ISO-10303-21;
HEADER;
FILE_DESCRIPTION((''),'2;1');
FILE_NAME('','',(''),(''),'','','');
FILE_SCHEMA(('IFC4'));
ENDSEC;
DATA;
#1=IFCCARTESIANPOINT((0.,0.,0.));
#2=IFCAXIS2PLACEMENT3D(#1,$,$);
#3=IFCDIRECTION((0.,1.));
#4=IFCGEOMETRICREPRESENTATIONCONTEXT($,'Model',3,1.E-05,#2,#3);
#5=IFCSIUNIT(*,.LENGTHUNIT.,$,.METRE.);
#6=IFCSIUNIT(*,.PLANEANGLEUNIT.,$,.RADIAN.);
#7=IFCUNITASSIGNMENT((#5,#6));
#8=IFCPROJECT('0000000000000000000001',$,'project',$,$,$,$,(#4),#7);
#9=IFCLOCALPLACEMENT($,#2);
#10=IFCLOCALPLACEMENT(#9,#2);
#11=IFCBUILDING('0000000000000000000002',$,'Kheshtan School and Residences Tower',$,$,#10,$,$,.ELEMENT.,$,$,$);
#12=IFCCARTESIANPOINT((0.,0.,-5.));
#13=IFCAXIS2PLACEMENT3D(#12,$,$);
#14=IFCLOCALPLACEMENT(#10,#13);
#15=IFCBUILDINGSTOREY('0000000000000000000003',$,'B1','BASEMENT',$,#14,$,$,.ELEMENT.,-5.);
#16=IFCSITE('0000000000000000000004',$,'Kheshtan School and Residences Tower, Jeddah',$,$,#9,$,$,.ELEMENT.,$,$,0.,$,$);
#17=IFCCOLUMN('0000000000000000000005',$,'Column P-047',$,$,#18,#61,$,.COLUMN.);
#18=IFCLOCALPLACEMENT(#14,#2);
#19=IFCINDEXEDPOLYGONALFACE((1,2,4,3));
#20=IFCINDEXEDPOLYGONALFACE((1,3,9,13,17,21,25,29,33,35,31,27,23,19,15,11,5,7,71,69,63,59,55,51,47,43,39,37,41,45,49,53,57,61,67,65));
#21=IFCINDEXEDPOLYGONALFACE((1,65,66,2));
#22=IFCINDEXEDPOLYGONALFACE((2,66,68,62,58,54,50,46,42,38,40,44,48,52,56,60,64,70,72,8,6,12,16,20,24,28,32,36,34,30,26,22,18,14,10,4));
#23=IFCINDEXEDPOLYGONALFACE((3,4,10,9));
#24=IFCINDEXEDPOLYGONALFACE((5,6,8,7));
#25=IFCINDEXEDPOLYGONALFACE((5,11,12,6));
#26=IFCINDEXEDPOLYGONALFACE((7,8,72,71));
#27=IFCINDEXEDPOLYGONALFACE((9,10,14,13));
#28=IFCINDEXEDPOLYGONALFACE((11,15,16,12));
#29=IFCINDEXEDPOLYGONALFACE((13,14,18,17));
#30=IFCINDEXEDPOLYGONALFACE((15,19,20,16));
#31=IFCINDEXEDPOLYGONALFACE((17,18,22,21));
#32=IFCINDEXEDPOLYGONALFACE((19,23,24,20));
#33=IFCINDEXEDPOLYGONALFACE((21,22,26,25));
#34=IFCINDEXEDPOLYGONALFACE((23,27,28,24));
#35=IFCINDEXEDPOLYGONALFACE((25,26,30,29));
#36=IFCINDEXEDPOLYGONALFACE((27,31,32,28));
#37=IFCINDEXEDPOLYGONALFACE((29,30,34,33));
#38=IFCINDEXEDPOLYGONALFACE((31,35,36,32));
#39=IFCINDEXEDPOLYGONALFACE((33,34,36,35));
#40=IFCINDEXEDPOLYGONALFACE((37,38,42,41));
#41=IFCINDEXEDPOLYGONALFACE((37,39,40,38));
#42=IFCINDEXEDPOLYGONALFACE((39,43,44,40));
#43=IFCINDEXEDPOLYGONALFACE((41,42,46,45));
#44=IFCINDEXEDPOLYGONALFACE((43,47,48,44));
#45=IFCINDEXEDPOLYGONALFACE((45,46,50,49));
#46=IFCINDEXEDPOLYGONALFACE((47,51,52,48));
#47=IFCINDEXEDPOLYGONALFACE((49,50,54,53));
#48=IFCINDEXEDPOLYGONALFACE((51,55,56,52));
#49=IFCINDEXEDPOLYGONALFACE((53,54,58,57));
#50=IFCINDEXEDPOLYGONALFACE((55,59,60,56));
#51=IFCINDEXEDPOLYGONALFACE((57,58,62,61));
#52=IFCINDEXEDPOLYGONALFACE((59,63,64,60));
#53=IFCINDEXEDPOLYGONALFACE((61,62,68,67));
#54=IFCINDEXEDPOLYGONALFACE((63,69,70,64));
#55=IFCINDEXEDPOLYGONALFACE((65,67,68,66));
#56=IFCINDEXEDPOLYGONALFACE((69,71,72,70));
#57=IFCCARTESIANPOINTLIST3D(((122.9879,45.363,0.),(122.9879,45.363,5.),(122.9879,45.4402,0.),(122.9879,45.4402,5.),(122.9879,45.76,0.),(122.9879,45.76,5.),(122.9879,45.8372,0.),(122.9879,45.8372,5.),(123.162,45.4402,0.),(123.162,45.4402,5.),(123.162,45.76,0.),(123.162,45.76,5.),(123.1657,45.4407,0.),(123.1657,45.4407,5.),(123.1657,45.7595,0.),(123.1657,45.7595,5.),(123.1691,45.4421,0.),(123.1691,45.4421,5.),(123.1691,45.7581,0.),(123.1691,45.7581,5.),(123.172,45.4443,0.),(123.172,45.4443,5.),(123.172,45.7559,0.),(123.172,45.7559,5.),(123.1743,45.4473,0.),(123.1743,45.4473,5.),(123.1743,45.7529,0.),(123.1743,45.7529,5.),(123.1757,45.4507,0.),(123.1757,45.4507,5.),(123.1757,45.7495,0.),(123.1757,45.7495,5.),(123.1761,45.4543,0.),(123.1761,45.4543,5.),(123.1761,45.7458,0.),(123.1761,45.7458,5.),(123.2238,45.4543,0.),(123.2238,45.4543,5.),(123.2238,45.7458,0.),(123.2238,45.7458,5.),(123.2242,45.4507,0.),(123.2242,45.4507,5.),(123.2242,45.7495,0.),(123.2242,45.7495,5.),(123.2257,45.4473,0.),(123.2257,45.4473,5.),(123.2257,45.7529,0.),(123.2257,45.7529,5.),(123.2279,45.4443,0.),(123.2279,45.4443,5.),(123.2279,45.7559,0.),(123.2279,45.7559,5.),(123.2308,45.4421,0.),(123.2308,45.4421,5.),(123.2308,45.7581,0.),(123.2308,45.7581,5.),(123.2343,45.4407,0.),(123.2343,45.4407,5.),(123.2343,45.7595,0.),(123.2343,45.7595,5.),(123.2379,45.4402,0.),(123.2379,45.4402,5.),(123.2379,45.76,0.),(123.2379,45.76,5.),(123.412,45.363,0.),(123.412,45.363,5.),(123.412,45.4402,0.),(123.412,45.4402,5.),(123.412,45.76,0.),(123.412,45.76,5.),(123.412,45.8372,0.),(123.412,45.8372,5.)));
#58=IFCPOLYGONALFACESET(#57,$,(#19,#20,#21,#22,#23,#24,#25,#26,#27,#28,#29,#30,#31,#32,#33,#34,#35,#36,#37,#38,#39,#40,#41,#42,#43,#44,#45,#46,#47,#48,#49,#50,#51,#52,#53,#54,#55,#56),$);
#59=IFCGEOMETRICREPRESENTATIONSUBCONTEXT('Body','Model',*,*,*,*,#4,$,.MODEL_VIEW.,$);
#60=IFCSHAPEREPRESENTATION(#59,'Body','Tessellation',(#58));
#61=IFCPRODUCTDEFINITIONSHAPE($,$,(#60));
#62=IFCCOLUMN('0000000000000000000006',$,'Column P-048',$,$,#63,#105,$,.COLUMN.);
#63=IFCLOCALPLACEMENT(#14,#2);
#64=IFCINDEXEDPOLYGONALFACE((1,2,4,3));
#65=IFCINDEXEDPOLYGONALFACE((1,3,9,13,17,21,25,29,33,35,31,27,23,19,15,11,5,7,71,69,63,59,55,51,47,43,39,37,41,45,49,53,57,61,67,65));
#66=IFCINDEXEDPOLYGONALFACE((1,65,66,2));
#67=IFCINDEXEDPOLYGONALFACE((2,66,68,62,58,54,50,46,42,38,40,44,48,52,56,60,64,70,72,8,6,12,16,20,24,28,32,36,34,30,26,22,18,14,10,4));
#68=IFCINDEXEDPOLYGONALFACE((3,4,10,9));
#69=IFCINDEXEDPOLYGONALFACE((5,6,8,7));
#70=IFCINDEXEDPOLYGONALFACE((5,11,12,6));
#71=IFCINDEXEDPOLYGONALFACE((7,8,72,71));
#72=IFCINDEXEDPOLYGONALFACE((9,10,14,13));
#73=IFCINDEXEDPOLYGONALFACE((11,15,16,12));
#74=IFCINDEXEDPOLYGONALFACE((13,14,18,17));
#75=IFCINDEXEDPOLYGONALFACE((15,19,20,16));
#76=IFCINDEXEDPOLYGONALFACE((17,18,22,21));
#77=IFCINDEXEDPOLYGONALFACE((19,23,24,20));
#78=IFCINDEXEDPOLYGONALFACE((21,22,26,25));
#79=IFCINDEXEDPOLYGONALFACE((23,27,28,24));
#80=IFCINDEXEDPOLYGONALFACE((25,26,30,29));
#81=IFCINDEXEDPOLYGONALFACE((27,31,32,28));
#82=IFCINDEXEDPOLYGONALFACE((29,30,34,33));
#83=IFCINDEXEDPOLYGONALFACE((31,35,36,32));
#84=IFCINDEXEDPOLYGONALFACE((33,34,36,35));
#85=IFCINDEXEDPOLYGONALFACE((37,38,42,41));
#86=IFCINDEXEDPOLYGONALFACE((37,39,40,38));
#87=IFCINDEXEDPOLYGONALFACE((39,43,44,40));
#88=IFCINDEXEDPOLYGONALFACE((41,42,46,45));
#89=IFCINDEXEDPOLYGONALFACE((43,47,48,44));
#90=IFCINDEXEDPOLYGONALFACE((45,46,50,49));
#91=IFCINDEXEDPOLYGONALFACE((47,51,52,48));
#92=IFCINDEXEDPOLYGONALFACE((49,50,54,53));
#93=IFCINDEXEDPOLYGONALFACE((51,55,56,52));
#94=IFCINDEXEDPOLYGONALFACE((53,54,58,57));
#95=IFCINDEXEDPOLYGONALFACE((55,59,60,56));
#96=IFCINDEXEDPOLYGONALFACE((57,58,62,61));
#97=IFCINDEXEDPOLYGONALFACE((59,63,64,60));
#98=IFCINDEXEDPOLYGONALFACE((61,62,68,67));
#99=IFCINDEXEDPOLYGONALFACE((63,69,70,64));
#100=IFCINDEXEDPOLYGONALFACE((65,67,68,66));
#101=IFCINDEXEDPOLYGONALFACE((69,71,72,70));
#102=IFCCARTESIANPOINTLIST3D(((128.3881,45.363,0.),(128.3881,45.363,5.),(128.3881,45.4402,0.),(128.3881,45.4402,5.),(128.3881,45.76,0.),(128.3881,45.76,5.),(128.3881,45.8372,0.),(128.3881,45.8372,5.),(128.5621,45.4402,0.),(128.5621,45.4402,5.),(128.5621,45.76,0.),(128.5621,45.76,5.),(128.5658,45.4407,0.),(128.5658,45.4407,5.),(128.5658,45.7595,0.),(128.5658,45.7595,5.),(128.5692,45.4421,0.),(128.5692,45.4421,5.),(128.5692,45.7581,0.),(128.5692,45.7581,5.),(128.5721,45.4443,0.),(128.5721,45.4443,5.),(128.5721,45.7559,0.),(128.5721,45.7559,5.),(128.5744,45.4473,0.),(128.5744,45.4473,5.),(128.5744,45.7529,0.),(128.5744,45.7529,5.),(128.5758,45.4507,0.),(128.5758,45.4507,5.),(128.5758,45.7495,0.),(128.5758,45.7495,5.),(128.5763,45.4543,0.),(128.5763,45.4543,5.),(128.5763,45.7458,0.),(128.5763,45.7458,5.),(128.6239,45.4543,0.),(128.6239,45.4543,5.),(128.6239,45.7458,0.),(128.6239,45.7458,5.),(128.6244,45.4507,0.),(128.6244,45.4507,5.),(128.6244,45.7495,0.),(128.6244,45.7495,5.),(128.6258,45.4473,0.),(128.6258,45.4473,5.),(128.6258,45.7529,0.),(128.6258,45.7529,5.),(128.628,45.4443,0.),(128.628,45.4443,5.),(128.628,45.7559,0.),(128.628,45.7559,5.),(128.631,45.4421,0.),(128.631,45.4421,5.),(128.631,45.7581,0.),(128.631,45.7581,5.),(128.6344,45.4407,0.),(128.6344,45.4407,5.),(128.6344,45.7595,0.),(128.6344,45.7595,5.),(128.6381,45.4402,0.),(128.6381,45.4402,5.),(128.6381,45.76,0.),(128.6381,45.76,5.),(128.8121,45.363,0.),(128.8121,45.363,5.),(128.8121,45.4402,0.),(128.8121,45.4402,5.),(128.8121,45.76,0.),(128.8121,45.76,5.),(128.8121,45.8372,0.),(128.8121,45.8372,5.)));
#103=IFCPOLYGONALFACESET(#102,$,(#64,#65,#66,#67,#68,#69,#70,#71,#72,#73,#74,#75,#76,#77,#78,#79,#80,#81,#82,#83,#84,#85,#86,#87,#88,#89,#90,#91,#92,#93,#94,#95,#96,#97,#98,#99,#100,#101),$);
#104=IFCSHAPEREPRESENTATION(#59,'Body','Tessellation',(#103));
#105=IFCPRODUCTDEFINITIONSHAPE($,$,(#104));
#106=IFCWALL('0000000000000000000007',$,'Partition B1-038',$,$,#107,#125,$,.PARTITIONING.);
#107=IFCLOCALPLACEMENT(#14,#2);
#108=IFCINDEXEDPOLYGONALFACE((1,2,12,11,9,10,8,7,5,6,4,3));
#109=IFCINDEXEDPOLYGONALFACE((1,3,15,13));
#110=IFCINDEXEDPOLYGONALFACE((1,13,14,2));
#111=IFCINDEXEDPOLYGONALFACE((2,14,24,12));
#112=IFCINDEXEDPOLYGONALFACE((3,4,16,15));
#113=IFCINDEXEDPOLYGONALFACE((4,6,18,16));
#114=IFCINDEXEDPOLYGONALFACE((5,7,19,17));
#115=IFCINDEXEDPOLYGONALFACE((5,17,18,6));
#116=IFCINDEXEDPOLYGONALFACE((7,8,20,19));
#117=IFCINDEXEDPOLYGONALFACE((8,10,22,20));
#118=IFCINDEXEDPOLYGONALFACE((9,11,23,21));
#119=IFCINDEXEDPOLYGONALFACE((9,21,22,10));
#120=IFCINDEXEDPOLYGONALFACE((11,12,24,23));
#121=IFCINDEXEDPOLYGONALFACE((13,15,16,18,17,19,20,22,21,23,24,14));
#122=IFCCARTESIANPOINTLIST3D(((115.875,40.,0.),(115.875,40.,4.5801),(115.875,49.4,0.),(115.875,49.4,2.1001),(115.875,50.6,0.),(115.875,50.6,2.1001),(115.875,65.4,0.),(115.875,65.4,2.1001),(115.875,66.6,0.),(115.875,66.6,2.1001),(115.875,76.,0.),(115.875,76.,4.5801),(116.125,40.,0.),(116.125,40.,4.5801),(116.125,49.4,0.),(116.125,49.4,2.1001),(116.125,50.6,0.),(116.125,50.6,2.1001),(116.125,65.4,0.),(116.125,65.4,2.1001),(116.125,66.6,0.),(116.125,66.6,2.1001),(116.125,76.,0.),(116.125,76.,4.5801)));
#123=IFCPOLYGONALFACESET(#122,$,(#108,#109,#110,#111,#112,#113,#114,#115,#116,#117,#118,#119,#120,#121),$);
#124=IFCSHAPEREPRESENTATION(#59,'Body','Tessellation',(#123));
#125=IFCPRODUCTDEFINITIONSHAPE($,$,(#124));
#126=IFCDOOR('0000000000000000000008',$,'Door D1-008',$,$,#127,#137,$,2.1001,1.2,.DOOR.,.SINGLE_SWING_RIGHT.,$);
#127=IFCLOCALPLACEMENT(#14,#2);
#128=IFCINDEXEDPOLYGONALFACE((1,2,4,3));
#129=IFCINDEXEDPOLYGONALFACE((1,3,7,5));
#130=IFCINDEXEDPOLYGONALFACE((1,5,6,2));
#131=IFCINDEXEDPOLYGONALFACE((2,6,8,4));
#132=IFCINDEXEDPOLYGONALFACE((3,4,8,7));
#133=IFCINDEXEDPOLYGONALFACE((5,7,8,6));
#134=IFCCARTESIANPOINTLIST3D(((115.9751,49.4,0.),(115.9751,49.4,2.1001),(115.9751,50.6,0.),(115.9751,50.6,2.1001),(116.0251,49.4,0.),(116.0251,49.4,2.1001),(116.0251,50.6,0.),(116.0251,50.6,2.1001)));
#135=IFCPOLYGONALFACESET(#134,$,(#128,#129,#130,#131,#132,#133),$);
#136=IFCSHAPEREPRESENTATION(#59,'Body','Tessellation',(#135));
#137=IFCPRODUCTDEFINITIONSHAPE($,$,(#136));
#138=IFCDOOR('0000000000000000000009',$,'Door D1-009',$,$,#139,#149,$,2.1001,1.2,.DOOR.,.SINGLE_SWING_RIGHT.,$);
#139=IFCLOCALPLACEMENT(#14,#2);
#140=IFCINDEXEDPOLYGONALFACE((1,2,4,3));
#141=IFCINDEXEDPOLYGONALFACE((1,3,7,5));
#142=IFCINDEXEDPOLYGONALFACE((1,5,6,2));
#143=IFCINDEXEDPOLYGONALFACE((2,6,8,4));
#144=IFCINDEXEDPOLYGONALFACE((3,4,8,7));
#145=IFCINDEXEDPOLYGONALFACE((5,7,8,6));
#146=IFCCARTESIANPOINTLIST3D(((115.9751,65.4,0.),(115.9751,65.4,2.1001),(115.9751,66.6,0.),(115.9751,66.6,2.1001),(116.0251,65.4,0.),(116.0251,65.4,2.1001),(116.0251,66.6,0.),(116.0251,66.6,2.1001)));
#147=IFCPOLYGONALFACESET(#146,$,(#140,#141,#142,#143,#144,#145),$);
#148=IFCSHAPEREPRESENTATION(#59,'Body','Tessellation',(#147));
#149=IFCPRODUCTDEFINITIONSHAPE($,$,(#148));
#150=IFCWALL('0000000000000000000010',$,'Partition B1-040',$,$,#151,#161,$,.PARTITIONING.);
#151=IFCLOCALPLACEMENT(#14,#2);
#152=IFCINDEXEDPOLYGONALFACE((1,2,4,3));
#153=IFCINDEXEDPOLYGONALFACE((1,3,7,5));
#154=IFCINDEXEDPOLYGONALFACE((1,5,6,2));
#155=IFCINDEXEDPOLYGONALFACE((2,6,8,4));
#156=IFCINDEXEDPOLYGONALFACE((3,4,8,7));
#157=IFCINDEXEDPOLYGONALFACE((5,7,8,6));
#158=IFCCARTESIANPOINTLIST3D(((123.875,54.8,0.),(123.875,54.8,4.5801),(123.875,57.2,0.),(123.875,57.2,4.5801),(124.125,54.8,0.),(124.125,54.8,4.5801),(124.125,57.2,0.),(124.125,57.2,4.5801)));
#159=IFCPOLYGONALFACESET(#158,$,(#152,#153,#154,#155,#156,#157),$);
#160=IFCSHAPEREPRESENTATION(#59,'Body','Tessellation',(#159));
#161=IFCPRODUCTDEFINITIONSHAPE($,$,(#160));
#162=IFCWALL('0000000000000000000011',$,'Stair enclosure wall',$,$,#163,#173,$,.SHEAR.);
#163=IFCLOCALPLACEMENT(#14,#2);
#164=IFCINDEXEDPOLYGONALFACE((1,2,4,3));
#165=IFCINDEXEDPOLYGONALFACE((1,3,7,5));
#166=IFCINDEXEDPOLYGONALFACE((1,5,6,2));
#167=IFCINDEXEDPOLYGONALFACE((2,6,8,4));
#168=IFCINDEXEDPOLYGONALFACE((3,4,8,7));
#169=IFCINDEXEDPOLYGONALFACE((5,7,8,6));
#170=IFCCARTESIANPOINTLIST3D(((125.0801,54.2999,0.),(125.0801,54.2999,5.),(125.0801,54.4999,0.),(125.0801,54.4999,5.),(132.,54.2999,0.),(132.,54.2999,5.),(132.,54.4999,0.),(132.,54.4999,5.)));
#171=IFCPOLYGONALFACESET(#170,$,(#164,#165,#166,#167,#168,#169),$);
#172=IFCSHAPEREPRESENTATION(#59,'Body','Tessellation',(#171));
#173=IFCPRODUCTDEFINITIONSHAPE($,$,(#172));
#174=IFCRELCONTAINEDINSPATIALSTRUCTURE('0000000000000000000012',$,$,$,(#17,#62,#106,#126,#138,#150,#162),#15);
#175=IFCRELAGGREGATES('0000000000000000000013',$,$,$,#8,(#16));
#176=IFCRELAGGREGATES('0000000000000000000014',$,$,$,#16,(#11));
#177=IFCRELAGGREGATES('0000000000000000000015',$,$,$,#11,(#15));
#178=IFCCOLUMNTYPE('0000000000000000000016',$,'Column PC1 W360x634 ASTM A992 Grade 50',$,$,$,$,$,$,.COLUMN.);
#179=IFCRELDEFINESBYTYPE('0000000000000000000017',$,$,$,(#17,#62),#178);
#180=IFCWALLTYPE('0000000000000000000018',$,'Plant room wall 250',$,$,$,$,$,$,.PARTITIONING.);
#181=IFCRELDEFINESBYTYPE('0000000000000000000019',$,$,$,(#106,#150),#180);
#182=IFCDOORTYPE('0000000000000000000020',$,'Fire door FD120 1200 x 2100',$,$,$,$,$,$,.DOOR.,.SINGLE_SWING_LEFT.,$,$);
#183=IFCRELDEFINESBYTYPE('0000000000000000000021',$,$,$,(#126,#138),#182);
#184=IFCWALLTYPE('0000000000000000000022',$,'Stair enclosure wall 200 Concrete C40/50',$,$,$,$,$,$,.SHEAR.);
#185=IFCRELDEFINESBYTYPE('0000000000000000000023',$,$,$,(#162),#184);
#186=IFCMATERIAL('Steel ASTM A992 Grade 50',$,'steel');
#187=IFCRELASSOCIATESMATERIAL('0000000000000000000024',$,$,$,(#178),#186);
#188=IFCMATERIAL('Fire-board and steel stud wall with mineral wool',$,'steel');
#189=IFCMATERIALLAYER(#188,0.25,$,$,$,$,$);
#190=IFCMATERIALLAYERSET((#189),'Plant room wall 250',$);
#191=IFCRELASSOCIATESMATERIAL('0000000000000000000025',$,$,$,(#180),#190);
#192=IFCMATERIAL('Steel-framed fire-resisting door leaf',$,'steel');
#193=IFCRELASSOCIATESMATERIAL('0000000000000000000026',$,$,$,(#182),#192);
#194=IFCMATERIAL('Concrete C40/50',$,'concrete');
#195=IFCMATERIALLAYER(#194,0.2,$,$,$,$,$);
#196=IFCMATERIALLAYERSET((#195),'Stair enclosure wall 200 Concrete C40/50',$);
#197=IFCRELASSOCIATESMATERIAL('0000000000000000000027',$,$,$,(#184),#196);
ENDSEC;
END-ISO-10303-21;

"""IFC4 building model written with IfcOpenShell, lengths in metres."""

from ifc_helpers import new_model, si_unit, direction, frame, frame_2d, origin, origin_2d, place, context, subcontext, project, spatial, rectangle, i_section, extrude, source, transform, mapped, material, layer, layer_set, material_profile, profile_set, type_object, element, fill, save


model = new_model("IFC4")

# Units and contexts
model_context = context("Model", 3, precision=1e-05, world=origin(), true_north=direction((0.0, 1.0)))
body_context = subcontext(model_context, "Body", "Model", "MODEL_VIEW")
ifc_project = project(units=[si_unit("LENGTHUNIT", "METRE"), si_unit("PLANEANGLEUNIT", "RADIAN")], contexts=[model_context])

# Site, building, storey
site_placement = place(None, origin())
site = spatial("IfcSite", under=ifc_project, at=site_placement, Name="Kheshtan School and Residences Tower, Jeddah", CompositionType="ELEMENT", RefElevation=0.0)
building_placement = place(site_placement, origin())
building = spatial("IfcBuilding", under=site, at=building_placement, Name="Kheshtan School and Residences Tower", CompositionType="ELEMENT")
storey_placement = place(building_placement, frame((0.0, 0.0, -5.0)))
storey = spatial("IfcBuildingStorey", under=building, at=storey_placement, Name="B1", Description="BASEMENT", CompositionType="ELEMENT", Elevation=-5.0)

# Columns
ifc_material_1 = material(Name="Steel ASTM A992 Grade 50", Category="steel")
ifc_material_profile = material_profile(ifc_material_1, i_section(OverallWidth=0.4241, OverallDepth=0.4741, WebThickness=0.0476, FlangeThickness=0.0771, FilletRadius=0.0142, at=origin_2d()), Name="W360x634")
ifc_profile_set = profile_set([ifc_material_profile], Name="Steel ASTM A992 Grade 50")
column_type = type_object("IfcColumnType", Name="Column PC1 W360x634 ASTM A992 Grade 50", PredefinedType="COLUMN", material=ifc_profile_set)
for number, where, z_axis, x_axis, name in (
    (1, (123.2, 45.6001, 0.0), (0.0, 0.0, 1.0), (1.0, 0.0, 0.0), "Column P-047"),
    (2, (128.6001, 45.6001, 0.0), (0.0, 0.0, 1.0), (1.0, 0.0, 0.0), "Column P-048"),
):
    element("IfcColumn", number, at=place(storey_placement, frame(where, z_axis=z_axis, x_axis=x_axis)), inside=storey, type_object=column_type, Name=name, PredefinedType="COLUMN", context=body_context, shape_type="SweptSolid", body=[
        extrude(i_section(OverallWidth=0.4241, OverallDepth=0.4741, WebThickness=0.0476, FlangeThickness=0.0771, FilletRadius=0.0142, at=origin_2d()), origin(), (0.0, 0.0, 1.0), 5.0),
    ])

# Wall, openings, doors
ifc_material_2 = material(Name="Fire-board and steel stud wall with mineral wool", Category="steel")
ifc_layer_1 = layer(ifc_material_2, 0.25)
ifc_layer_set_1 = layer_set([ifc_layer_1], Name="Plant room wall 250")
wall_type_1 = type_object("IfcWallType", Name="Plant room wall 250", PredefinedType="PARTITIONING", material=ifc_layer_set_1)
wall_1_placement = place(storey_placement, frame((116.0, 40.0, 0.0), z_axis=(0.0, 0.0, 1.0), x_axis=(0.0, 1.0, 0.0)))
wall_1 = element("IfcWall", 3, at=wall_1_placement, inside=storey, type_object=wall_type_1, Name="Partition B1-038", PredefinedType="PARTITIONING", context=body_context, shape_type="SweptSolid", body=[
    extrude(rectangle(XDim=36.0, YDim=0.25, at=frame_2d((18.0, 0.0))), origin(), (0.0, 0.0, 1.0), 4.5801),
])
opening_1_placement = place(wall_1_placement, frame((9.3999, 0.0, 0.0)))
opening_1 = element("IfcOpeningElement", 4, at=opening_1_placement, cuts=wall_1, PredefinedType="OPENING", context=body_context, shape_type="SweptSolid", body=[
    extrude(rectangle(XDim=1.2, YDim=2.1001, at=frame_2d((0.6001, 1.05))), frame((0.0, 0.135, 0.0), z_axis=(0.0, -1.0, 0.0), x_axis=(1.0, 0.0, 0.0)), (0.0, 0.0, 1.0), 0.27),
])
opening_2_placement = place(wall_1_placement, frame((25.3999, 0.0, 0.0)))
opening_2 = element("IfcOpeningElement", 5, at=opening_2_placement, cuts=wall_1, PredefinedType="OPENING", context=body_context, shape_type="SweptSolid", body=[
    extrude(rectangle(XDim=1.2, YDim=2.1001, at=frame_2d((0.6001, 1.05))), frame((0.0, 0.135, 0.0), z_axis=(0.0, -1.0, 0.0), x_axis=(1.0, 0.0, 0.0)), (0.0, 0.0, 1.0), 0.27),
])
ifc_material_3 = material(Name="Steel-framed fire-resisting door leaf", Category="steel")
door_type_1 = type_object("IfcDoorType", Name="Fire door FD120 1200 x 2100", OperationType="SINGLE_SWING_LEFT", PredefinedType="DOOR", material=ifc_material_3)
shared_shape_1 = source(origin(), body_context, "Body", "SweptSolid", [
    extrude(rectangle(XDim=1.2, YDim=2.1001, at=frame_2d((0.6001, 1.05))), frame((0.0, 0.0249, 0.0), z_axis=(0.0, -1.0, 0.0), x_axis=(1.0, 0.0, 0.0)), (0.0, 0.0, 1.0), 0.05),
])
door_1_placement = place(opening_1_placement, origin())
door_1 = element("IfcDoor", 6, at=door_1_placement, inside=storey, type_object=door_type_1, Name="Door D1-008", OperationType="SINGLE_SWING_RIGHT", OverallHeight=2.1001, OverallWidth=1.2, PredefinedType="DOOR", context=body_context, shape_type="MappedRepresentation", body=[
    mapped(shared_shape_1, transform((0.0, 0.0, 0.0), x_axis=(1.0, 0.0, 0.0), y_axis=(0.0, 1.0, 0.0), z_axis=(0.0, 0.0, 1.0), scale=1.0)),
])
fill(opening_1, door_1)
door_2_placement = place(opening_2_placement, origin())
door_2 = element("IfcDoor", 7, at=door_2_placement, inside=storey, type_object=door_type_1, Name="Door D1-009", OperationType="SINGLE_SWING_RIGHT", OverallHeight=2.1001, OverallWidth=1.2, PredefinedType="DOOR", context=body_context, shape_type="MappedRepresentation", body=[
    mapped(shared_shape_1, transform((0.0, 0.0, 0.0), x_axis=(1.0, 0.0, 0.0), y_axis=(0.0, 1.0, 0.0), z_axis=(0.0, 0.0, 1.0), scale=1.0)),
])
fill(opening_2, door_2)

# Walls
wall_2_placement = place(storey_placement, frame((124.0, 54.8, 0.0), z_axis=(0.0, 0.0, 1.0), x_axis=(0.0, 1.0, 0.0)))
element("IfcWall", 8, at=wall_2_placement, inside=storey, type_object=wall_type_1, Name="Partition B1-040", PredefinedType="PARTITIONING", context=body_context, shape_type="SweptSolid", body=[
    extrude(rectangle(XDim=2.3999, YDim=0.25, at=frame_2d((1.2, 0.0))), origin(), (0.0, 0.0, 1.0), 4.5801),
])
ifc_material_4 = material(Name="Concrete C40/50", Category="concrete")
ifc_layer_2 = layer(ifc_material_4, 0.2)
ifc_layer_set_2 = layer_set([ifc_layer_2], Name="Stair enclosure wall 200 Concrete C40/50")
wall_type_2 = type_object("IfcWallType", Name="Stair enclosure wall 200 Concrete C40/50", PredefinedType="SHEAR", material=ifc_layer_set_2)
wall_3_placement = place(storey_placement, frame((125.0801, 54.3999, 0.0), z_axis=(0.0, 0.0, 1.0), x_axis=(1.0, 0.0, 0.0)))
element("IfcWall", 9, at=wall_3_placement, inside=storey, type_object=wall_type_2, Name="Stair enclosure wall", PredefinedType="SHEAR", context=body_context, shape_type="SweptSolid", body=[
    extrude(rectangle(XDim=6.9199, YDim=0.2, at=frame_2d((3.46, 0.0))), origin(), (0.0, 0.0, 1.0), 5.0),
])

save(model, "model.ifc")
